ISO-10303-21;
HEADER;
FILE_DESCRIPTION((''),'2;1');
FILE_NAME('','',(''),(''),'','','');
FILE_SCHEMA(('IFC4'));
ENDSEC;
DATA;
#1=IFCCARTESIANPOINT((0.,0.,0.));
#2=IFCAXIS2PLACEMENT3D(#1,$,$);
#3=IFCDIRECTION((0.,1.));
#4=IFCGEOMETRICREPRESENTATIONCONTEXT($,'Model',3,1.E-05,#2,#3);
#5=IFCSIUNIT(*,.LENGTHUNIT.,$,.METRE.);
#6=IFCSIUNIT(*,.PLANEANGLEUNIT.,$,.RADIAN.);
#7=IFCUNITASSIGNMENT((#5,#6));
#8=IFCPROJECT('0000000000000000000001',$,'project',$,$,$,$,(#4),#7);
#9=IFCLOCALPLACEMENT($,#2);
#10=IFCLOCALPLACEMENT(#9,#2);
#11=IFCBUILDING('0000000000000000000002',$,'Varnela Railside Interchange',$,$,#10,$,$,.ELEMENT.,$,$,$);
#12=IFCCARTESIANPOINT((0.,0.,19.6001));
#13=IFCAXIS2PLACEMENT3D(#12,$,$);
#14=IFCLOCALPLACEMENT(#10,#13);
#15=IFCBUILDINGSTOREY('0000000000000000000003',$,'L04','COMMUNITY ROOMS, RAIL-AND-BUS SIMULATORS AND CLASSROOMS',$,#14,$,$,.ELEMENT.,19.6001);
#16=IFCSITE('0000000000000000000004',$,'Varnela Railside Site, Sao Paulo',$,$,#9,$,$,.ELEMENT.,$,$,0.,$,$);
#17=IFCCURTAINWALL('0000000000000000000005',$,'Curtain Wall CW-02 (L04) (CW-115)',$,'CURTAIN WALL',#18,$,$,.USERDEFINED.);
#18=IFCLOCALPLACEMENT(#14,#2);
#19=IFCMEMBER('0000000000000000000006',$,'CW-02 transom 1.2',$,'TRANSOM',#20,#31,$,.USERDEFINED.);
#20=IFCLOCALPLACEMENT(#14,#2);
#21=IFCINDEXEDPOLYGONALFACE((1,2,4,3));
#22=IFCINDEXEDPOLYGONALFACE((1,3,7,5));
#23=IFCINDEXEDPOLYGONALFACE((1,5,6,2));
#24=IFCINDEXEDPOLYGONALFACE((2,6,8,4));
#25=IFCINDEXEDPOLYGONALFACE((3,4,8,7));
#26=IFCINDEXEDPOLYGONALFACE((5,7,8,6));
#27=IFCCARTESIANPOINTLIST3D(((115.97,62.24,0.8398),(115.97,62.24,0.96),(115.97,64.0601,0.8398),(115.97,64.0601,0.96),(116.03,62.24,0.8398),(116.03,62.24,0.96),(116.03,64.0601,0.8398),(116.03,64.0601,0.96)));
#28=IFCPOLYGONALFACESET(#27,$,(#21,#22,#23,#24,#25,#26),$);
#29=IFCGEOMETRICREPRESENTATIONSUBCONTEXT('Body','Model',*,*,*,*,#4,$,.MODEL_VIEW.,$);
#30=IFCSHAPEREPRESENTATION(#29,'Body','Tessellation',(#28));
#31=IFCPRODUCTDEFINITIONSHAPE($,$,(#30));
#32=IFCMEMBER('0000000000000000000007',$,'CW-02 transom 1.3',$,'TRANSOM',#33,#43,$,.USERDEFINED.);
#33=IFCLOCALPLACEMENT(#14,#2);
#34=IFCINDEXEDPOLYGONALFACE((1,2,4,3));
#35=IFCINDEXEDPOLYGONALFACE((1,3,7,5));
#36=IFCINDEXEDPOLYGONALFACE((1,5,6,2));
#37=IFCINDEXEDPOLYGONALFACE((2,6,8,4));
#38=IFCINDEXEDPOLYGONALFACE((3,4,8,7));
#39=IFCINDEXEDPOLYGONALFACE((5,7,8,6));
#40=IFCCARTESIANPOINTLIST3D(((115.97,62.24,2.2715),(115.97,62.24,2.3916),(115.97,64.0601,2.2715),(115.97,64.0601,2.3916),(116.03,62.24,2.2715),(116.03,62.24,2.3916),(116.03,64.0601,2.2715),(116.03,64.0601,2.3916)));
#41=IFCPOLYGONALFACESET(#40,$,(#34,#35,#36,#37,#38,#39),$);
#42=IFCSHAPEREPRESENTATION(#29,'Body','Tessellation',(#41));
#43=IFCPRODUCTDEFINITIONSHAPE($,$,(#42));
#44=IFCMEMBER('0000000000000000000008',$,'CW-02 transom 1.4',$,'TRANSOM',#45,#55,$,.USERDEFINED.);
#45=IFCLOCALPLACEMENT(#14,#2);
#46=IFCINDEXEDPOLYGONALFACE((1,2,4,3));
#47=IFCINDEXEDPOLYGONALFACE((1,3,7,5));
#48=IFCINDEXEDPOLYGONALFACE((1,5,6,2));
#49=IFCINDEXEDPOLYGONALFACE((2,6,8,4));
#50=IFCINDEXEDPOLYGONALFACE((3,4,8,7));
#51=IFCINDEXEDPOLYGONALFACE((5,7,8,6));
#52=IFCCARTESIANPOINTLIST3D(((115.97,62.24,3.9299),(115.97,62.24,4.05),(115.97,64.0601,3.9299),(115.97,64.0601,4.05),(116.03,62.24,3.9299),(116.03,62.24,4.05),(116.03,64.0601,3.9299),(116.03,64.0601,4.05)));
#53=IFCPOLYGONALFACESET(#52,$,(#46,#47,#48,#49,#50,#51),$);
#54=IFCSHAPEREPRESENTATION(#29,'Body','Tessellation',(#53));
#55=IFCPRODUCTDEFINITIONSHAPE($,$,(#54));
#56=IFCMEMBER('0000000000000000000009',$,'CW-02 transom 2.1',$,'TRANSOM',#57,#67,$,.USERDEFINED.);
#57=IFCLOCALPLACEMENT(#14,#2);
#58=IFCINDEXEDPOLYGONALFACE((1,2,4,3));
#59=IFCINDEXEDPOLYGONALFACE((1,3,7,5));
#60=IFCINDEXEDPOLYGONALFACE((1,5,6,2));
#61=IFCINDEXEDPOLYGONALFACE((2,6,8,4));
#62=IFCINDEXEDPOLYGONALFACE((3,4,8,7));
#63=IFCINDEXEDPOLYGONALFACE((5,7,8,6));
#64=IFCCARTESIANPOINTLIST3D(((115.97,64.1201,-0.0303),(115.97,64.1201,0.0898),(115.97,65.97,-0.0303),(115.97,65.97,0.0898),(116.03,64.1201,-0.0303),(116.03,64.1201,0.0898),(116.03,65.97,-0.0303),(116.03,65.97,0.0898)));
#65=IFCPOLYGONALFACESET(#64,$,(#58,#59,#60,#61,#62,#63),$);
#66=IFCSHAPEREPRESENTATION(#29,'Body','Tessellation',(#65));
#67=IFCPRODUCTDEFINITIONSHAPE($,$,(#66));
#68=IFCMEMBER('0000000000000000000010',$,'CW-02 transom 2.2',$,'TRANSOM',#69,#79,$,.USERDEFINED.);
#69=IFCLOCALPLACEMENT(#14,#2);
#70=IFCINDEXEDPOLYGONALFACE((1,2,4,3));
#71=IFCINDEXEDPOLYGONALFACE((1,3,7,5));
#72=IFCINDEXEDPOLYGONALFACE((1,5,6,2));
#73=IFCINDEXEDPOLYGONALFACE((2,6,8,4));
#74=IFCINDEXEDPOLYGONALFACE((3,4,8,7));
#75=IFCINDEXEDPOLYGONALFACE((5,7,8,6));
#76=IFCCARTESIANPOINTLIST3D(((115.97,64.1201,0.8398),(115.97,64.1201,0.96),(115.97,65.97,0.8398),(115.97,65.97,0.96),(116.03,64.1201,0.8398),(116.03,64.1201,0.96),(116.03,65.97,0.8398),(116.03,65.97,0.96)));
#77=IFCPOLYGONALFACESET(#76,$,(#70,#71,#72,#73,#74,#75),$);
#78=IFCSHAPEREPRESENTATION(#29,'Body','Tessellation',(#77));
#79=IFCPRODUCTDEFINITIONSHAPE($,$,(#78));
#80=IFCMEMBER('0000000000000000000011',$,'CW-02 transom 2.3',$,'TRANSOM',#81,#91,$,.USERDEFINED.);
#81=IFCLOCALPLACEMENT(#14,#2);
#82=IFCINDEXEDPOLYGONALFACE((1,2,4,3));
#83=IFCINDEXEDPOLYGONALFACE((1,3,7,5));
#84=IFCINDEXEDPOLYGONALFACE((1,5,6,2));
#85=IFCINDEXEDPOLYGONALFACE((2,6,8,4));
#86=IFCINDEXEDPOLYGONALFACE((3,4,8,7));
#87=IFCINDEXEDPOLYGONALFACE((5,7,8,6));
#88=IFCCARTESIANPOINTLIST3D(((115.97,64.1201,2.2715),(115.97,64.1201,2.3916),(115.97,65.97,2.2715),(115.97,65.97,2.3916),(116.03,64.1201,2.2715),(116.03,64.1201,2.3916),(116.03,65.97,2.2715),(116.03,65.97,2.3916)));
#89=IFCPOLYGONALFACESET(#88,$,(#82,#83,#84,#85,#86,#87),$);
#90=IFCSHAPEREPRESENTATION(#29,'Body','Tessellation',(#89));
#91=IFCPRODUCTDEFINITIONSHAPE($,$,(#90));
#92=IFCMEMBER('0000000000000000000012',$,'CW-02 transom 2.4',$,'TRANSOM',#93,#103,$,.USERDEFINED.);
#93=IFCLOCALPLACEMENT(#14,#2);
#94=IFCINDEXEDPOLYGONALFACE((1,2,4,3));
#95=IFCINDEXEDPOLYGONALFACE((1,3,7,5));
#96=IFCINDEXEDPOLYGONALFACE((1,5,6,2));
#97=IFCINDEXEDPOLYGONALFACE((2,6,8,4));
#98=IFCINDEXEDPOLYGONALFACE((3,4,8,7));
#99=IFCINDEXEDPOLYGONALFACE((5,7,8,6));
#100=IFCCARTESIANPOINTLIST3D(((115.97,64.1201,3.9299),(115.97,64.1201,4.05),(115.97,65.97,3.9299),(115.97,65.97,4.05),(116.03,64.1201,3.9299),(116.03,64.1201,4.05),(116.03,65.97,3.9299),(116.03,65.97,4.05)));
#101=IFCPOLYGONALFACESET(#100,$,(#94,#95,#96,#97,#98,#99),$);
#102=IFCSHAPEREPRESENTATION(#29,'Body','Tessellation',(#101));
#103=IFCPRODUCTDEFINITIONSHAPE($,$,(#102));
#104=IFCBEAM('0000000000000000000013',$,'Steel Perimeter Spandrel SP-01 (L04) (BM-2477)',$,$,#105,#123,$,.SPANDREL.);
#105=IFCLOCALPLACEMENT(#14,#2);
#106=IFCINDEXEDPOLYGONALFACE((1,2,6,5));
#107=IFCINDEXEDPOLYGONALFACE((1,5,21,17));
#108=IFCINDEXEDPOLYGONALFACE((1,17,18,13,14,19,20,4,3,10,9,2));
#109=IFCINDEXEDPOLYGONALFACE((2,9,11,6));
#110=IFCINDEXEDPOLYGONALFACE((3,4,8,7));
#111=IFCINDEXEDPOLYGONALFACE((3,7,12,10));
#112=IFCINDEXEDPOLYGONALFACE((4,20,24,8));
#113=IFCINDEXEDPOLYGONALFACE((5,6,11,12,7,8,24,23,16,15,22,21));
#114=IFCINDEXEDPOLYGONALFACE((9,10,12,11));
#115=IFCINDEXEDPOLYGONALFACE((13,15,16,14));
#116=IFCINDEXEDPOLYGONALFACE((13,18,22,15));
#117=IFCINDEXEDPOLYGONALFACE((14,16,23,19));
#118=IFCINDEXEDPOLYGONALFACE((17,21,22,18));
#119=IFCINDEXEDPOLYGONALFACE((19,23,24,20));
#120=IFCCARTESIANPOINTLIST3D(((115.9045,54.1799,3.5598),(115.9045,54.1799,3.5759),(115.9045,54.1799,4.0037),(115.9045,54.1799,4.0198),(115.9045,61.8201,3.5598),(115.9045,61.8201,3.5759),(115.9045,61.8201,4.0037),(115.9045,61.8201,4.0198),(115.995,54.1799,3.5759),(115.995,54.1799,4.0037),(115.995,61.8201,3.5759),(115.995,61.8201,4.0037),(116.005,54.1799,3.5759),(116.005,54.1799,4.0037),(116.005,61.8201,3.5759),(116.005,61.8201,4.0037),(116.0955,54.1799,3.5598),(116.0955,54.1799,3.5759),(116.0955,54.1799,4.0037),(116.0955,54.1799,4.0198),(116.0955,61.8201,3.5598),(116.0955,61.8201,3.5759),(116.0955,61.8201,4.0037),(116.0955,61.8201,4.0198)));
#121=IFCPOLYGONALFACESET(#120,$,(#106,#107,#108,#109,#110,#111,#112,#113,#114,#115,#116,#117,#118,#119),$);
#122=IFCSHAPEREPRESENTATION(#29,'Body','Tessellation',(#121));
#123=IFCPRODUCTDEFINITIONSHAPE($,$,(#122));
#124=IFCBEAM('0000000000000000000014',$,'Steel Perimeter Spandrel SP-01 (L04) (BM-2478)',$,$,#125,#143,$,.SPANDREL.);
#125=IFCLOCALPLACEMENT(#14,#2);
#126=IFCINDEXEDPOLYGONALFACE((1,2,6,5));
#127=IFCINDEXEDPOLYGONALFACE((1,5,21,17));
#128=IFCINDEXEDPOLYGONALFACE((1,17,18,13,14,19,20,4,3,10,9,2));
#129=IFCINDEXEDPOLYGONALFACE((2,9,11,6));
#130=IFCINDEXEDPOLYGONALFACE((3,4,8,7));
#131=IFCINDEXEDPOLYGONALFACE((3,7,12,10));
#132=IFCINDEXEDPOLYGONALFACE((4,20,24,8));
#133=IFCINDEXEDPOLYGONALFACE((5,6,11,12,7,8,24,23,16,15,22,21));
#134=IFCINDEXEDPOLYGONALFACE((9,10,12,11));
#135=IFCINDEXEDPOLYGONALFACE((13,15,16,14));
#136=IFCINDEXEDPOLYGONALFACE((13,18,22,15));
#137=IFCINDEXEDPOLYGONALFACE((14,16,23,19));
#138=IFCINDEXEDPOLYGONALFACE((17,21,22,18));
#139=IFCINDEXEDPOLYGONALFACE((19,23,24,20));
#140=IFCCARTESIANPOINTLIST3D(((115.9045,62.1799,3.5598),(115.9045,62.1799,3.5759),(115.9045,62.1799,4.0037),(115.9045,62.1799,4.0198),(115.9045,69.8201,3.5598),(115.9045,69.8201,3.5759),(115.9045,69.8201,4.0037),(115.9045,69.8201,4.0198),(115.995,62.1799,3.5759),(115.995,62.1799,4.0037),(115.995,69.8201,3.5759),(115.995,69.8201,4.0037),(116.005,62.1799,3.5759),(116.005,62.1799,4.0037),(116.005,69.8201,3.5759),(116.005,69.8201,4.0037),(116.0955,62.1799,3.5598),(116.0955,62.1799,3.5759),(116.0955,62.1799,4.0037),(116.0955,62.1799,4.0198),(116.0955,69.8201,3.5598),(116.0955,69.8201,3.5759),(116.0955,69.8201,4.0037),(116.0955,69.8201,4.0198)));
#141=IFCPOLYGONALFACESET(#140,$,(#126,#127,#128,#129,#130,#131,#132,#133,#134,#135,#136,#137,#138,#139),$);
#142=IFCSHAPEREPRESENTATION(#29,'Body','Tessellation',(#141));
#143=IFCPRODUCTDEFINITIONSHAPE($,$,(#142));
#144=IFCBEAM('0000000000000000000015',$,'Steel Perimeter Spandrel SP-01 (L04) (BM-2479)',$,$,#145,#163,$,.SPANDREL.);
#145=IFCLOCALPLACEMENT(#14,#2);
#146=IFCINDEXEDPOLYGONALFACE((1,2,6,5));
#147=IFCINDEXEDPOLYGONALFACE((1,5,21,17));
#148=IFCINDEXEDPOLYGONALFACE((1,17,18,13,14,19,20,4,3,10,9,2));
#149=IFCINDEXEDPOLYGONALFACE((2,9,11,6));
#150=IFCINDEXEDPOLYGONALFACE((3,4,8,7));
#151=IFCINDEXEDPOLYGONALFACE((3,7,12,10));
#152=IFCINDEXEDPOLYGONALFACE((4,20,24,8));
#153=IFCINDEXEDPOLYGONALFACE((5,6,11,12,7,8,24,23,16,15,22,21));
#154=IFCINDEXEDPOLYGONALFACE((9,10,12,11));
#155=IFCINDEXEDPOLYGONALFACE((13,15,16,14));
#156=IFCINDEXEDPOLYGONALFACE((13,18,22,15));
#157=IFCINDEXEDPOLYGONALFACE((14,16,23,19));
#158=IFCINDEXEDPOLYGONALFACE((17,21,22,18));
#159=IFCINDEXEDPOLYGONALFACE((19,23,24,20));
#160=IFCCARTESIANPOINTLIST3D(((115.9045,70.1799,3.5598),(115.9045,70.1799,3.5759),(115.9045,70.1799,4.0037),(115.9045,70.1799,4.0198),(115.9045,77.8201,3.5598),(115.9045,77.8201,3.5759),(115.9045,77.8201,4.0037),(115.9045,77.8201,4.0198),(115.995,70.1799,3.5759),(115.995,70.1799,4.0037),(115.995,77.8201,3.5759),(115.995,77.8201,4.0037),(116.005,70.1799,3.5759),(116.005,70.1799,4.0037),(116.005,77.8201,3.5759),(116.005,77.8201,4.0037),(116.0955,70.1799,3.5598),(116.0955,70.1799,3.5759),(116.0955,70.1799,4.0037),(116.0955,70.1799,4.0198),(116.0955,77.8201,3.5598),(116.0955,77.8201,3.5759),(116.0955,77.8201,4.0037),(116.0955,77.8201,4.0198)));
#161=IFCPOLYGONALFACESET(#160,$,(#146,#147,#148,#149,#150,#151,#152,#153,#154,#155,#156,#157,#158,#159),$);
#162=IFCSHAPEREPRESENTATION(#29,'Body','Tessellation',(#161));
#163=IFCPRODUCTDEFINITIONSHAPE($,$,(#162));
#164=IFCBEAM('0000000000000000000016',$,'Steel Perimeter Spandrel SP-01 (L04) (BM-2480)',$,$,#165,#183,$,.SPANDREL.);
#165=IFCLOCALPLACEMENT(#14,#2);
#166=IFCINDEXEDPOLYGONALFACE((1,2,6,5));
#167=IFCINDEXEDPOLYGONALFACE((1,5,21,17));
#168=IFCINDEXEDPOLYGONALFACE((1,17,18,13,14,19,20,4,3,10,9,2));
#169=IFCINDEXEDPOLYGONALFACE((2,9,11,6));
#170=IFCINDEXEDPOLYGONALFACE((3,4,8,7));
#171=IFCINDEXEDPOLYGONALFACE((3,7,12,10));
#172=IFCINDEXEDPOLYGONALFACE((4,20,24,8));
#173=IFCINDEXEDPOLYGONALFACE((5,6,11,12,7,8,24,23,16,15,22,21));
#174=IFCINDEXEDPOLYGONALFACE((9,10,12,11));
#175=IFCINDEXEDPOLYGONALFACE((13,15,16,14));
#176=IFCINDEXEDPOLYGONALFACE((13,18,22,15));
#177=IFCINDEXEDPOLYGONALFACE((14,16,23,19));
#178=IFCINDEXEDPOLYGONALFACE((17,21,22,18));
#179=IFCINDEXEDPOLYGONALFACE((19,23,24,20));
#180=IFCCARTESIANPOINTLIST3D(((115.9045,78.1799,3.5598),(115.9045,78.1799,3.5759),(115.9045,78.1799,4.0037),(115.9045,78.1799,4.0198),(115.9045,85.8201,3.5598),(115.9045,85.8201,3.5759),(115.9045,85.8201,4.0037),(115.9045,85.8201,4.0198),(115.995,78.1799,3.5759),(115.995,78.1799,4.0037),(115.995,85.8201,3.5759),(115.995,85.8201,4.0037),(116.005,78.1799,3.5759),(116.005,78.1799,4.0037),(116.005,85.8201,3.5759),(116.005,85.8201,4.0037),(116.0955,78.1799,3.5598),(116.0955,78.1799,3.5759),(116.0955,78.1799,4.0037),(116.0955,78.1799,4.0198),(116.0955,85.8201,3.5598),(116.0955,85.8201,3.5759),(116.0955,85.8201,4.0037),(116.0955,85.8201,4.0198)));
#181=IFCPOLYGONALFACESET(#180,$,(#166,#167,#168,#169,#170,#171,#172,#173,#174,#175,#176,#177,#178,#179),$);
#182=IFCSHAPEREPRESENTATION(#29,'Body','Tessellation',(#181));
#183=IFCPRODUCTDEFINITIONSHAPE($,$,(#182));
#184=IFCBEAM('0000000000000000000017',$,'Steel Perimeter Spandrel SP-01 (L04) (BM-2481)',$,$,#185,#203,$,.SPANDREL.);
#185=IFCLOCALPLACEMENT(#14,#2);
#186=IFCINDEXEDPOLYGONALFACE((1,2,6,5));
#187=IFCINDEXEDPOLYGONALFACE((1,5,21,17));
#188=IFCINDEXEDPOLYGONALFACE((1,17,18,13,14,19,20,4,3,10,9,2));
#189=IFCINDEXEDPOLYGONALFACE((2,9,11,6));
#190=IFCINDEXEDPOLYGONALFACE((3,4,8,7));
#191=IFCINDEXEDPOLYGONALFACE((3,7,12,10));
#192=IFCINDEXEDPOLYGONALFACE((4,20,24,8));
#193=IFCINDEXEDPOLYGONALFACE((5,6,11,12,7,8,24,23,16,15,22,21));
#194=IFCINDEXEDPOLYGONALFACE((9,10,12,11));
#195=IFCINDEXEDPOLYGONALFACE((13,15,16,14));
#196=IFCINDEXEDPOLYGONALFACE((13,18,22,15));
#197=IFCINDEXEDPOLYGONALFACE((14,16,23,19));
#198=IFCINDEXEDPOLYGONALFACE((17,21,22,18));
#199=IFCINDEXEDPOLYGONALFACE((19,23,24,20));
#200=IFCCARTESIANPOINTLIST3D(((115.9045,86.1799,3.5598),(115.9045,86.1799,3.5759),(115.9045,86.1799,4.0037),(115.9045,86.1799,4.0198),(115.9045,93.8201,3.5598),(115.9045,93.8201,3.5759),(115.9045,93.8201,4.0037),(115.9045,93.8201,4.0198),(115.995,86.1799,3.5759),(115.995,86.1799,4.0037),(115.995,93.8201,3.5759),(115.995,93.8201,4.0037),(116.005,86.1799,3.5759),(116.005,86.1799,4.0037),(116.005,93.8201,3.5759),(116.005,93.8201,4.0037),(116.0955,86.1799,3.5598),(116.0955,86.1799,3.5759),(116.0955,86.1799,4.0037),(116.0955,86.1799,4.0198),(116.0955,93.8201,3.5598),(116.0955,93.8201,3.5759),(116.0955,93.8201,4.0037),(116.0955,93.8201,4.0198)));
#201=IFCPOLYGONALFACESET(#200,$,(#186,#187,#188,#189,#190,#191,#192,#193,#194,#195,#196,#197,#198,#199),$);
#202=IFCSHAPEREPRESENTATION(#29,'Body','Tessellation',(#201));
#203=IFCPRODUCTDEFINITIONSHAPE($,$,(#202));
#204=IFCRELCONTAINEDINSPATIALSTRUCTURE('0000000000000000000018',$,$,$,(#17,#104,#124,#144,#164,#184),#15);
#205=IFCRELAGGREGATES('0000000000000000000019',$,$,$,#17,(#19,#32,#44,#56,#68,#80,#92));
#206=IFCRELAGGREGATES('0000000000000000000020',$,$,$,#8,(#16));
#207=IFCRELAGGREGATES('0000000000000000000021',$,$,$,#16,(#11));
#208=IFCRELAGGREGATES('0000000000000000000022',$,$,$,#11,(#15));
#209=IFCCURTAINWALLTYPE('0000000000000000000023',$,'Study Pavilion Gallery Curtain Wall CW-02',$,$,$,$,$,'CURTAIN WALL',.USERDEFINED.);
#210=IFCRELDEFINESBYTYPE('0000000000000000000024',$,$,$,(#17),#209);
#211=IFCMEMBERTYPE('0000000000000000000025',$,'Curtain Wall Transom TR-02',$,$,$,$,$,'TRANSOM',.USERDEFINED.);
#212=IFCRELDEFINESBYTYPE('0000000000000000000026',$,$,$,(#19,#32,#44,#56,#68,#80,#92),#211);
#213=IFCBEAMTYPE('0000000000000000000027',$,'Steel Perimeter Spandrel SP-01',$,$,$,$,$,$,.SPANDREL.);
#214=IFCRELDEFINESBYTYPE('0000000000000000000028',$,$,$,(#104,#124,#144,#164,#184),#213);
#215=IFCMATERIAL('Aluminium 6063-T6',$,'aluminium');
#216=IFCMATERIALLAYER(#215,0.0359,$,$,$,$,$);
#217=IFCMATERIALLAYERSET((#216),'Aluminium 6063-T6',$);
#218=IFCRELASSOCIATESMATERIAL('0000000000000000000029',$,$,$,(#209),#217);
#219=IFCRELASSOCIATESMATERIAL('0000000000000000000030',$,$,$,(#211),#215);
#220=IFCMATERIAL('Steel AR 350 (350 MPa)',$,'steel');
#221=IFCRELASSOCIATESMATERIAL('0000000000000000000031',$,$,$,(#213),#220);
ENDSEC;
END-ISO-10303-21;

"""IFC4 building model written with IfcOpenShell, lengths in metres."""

from ifc_helpers import new_model, si_unit, direction, frame, origin, origin_2d, place, context, subcontext, project, spatial, rectangle, i_section, extrude, material, layer, layer_set, material_profile, profile_set, type_object, element, aggregate, save


model = new_model("IFC4")

# Units and contexts
model_context = context("Model", 3, precision=1e-05, world=origin(), true_north=direction((0.0, 1.0)))
body_context = subcontext(model_context, "Body", "Model", "MODEL_VIEW")
ifc_project = project(units=[si_unit("LENGTHUNIT", "METRE"), si_unit("PLANEANGLEUNIT", "RADIAN")], contexts=[model_context])

# Site, building, storey
site_placement = place(None, origin())
site = spatial("IfcSite", under=ifc_project, at=site_placement, Name="Varnela Railside Site, Sao Paulo", CompositionType="ELEMENT", RefElevation=0.0)
building_placement = place(site_placement, origin())
building = spatial("IfcBuilding", under=site, at=building_placement, Name="Varnela Railside Interchange", CompositionType="ELEMENT")
storey_placement = place(building_placement, frame((0.0, 0.0, 19.6001)))
storey = spatial("IfcBuildingStorey", under=building, at=storey_placement, Name="L04", Description="COMMUNITY ROOMS, RAIL-AND-BUS SIMULATORS AND CLASSROOMS", CompositionType="ELEMENT", Elevation=19.6001)

# Shared definitions
ifc_material_1 = material(Name="Steel AR 350 (350 MPa)", Category="steel")

# Curtain wall, members
ifc_material_2 = material(Name="Aluminium 6063-T6", Category="aluminium")
ifc_layer_1 = layer(ifc_material_2, 0.0359)
ifc_layer_set_1 = layer_set([ifc_layer_1], Name="Aluminium 6063-T6")
curtain_wall_type = type_object("IfcCurtainWallType", Name="Study Pavilion Gallery Curtain Wall CW-02", ElementType="CURTAIN WALL", PredefinedType="USERDEFINED", material=ifc_layer_set_1)
curtain_wall_placement = place(storey_placement, origin())
curtain_wall = element("IfcCurtainWall", 1, at=curtain_wall_placement, inside=storey, type_object=curtain_wall_type, Name="Curtain Wall CW-02 (L04) (CW-115)", ObjectType="CURTAIN WALL", PredefinedType="USERDEFINED")
ifc_material_profile_1 = material_profile(ifc_material_2, rectangle(XDim=0.0601, YDim=0.1201, at=origin_2d()), Name="ALU 60x120")
ifc_profile_set_1 = profile_set([ifc_material_profile_1], Name="Aluminium 6063-T6")
member_type_1 = type_object("IfcMemberType", Name="Curtain Wall Transom TR-02", ElementType="TRANSOM", PredefinedType="USERDEFINED", material=ifc_profile_set_1)
member_1_placement = place(storey_placement, frame((116.0, 62.24, 0.8999), z_axis=(0.0, 1.0, 0.0), x_axis=(-1.0, 0.0, 0.0)))
member_1 = element("IfcMember", 2, at=member_1_placement, type_object=member_type_1, Name="CW-02 transom 1.2", ObjectType="TRANSOM", PredefinedType="USERDEFINED", context=body_context, shape_type="SweptSolid", body=[
    extrude(rectangle(XDim=0.0601, YDim=0.1201, at=origin_2d()), origin(), (0.0, 0.0, 1.0), 1.8201),
])
member_2_placement = place(storey_placement, frame((116.0, 62.24, 2.3315), z_axis=(0.0, 1.0, 0.0), x_axis=(-1.0, 0.0, 0.0)))
member_2 = element("IfcMember", 3, at=member_2_placement, type_object=member_type_1, Name="CW-02 transom 1.3", ObjectType="TRANSOM", PredefinedType="USERDEFINED", context=body_context, shape_type="SweptSolid", body=[
    extrude(rectangle(XDim=0.0601, YDim=0.1201, at=origin_2d()), origin(), (0.0, 0.0, 1.0), 1.8201),
])
member_3_placement = place(storey_placement, frame((116.0, 62.24, 3.99), z_axis=(0.0, 1.0, 0.0), x_axis=(-1.0, 0.0, 0.0)))
member_3 = element("IfcMember", 4, at=member_3_placement, type_object=member_type_1, Name="CW-02 transom 1.4", ObjectType="TRANSOM", PredefinedType="USERDEFINED", context=body_context, shape_type="SweptSolid", body=[
    extrude(rectangle(XDim=0.0601, YDim=0.1201, at=origin_2d()), origin(), (0.0, 0.0, 1.0), 1.8201),
])
member_4_placement = place(storey_placement, frame((116.0, 64.1201, 0.0298), z_axis=(0.0, 1.0, 0.0), x_axis=(-1.0, 0.0, 0.0)))
member_4 = element("IfcMember", 5, at=member_4_placement, type_object=member_type_1, Name="CW-02 transom 2.1", ObjectType="TRANSOM", PredefinedType="USERDEFINED", context=body_context, shape_type="SweptSolid", body=[
    extrude(rectangle(XDim=0.0601, YDim=0.1201, at=origin_2d()), origin(), (0.0, 0.0, 1.0), 1.8499),
])
member_5_placement = place(storey_placement, frame((116.0, 64.1201, 0.8999), z_axis=(0.0, 1.0, 0.0), x_axis=(-1.0, 0.0, 0.0)))
member_5 = element("IfcMember", 6, at=member_5_placement, type_object=member_type_1, Name="CW-02 transom 2.2", ObjectType="TRANSOM", PredefinedType="USERDEFINED", context=body_context, shape_type="SweptSolid", body=[
    extrude(rectangle(XDim=0.0601, YDim=0.1201, at=origin_2d()), origin(), (0.0, 0.0, 1.0), 1.8499),
])
member_6_placement = place(storey_placement, frame((116.0, 64.1201, 2.3315), z_axis=(0.0, 1.0, 0.0), x_axis=(-1.0, 0.0, 0.0)))
member_6 = element("IfcMember", 7, at=member_6_placement, type_object=member_type_1, Name="CW-02 transom 2.3", ObjectType="TRANSOM", PredefinedType="USERDEFINED", context=body_context, shape_type="SweptSolid", body=[
    extrude(rectangle(XDim=0.0601, YDim=0.1201, at=origin_2d()), origin(), (0.0, 0.0, 1.0), 1.8499),
])
member_7_placement = place(storey_placement, frame((116.0, 64.1201, 3.99), z_axis=(0.0, 1.0, 0.0), x_axis=(-1.0, 0.0, 0.0)))
member_7 = element("IfcMember", 8, at=member_7_placement, type_object=member_type_1, Name="CW-02 transom 2.4", ObjectType="TRANSOM", PredefinedType="USERDEFINED", context=body_context, shape_type="SweptSolid", body=[
    extrude(rectangle(XDim=0.0601, YDim=0.1201, at=origin_2d()), origin(), (0.0, 0.0, 1.0), 1.8499),
])

# Beams
ifc_material_profile_2 = material_profile(ifc_material_1, i_section(OverallWidth=0.1909, OverallDepth=0.46, WebThickness=0.01, FlangeThickness=0.0161, at=origin_2d()), Name="W460x82")
ifc_profile_set_2 = profile_set([ifc_material_profile_2], Name="Steel AR 350 (350 MPa)")
beam_type = type_object("IfcBeamType", Name="Steel Perimeter Spandrel SP-01", PredefinedType="SPANDREL", material=ifc_profile_set_2)
for number, where, z_axis, x_axis, name in (
    (9, (116.0, 54.1799, 3.7898), (0.0, 1.0, 0.0), (-1.0, 0.0, 0.0), "Steel Perimeter Spandrel SP-01 (L04) (BM-2477)"),
    (10, (116.0, 62.1799, 3.7898), (0.0, 1.0, 0.0), (-1.0, 0.0, 0.0), "Steel Perimeter Spandrel SP-01 (L04) (BM-2478)"),
    (11, (116.0, 70.1799, 3.7898), (0.0, 1.0, 0.0), (-1.0, 0.0, 0.0), "Steel Perimeter Spandrel SP-01 (L04) (BM-2479)"),
    (12, (116.0, 78.1799, 3.7898), (0.0, 1.0, 0.0), (-1.0, 0.0, 0.0), "Steel Perimeter Spandrel SP-01 (L04) (BM-2480)"),
    (13, (116.0, 86.1799, 3.7898), (0.0, 1.0, 0.0), (-1.0, 0.0, 0.0), "Steel Perimeter Spandrel SP-01 (L04) (BM-2481)"),
):
    element("IfcBeam", number, at=place(storey_placement, frame(where, z_axis=z_axis, x_axis=x_axis)), inside=storey, type_object=beam_type, Name=name, PredefinedType="SPANDREL", context=body_context, shape_type="SweptSolid", body=[
        extrude(i_section(OverallWidth=0.1909, OverallDepth=0.46, WebThickness=0.01, FlangeThickness=0.0161, at=origin_2d()), origin(), (0.0, 0.0, 1.0), 7.6401),
    ])

aggregate(curtain_wall, [member_1, member_2, member_3, member_4, member_5, member_6, member_7])

save(model, "model.ifc")
